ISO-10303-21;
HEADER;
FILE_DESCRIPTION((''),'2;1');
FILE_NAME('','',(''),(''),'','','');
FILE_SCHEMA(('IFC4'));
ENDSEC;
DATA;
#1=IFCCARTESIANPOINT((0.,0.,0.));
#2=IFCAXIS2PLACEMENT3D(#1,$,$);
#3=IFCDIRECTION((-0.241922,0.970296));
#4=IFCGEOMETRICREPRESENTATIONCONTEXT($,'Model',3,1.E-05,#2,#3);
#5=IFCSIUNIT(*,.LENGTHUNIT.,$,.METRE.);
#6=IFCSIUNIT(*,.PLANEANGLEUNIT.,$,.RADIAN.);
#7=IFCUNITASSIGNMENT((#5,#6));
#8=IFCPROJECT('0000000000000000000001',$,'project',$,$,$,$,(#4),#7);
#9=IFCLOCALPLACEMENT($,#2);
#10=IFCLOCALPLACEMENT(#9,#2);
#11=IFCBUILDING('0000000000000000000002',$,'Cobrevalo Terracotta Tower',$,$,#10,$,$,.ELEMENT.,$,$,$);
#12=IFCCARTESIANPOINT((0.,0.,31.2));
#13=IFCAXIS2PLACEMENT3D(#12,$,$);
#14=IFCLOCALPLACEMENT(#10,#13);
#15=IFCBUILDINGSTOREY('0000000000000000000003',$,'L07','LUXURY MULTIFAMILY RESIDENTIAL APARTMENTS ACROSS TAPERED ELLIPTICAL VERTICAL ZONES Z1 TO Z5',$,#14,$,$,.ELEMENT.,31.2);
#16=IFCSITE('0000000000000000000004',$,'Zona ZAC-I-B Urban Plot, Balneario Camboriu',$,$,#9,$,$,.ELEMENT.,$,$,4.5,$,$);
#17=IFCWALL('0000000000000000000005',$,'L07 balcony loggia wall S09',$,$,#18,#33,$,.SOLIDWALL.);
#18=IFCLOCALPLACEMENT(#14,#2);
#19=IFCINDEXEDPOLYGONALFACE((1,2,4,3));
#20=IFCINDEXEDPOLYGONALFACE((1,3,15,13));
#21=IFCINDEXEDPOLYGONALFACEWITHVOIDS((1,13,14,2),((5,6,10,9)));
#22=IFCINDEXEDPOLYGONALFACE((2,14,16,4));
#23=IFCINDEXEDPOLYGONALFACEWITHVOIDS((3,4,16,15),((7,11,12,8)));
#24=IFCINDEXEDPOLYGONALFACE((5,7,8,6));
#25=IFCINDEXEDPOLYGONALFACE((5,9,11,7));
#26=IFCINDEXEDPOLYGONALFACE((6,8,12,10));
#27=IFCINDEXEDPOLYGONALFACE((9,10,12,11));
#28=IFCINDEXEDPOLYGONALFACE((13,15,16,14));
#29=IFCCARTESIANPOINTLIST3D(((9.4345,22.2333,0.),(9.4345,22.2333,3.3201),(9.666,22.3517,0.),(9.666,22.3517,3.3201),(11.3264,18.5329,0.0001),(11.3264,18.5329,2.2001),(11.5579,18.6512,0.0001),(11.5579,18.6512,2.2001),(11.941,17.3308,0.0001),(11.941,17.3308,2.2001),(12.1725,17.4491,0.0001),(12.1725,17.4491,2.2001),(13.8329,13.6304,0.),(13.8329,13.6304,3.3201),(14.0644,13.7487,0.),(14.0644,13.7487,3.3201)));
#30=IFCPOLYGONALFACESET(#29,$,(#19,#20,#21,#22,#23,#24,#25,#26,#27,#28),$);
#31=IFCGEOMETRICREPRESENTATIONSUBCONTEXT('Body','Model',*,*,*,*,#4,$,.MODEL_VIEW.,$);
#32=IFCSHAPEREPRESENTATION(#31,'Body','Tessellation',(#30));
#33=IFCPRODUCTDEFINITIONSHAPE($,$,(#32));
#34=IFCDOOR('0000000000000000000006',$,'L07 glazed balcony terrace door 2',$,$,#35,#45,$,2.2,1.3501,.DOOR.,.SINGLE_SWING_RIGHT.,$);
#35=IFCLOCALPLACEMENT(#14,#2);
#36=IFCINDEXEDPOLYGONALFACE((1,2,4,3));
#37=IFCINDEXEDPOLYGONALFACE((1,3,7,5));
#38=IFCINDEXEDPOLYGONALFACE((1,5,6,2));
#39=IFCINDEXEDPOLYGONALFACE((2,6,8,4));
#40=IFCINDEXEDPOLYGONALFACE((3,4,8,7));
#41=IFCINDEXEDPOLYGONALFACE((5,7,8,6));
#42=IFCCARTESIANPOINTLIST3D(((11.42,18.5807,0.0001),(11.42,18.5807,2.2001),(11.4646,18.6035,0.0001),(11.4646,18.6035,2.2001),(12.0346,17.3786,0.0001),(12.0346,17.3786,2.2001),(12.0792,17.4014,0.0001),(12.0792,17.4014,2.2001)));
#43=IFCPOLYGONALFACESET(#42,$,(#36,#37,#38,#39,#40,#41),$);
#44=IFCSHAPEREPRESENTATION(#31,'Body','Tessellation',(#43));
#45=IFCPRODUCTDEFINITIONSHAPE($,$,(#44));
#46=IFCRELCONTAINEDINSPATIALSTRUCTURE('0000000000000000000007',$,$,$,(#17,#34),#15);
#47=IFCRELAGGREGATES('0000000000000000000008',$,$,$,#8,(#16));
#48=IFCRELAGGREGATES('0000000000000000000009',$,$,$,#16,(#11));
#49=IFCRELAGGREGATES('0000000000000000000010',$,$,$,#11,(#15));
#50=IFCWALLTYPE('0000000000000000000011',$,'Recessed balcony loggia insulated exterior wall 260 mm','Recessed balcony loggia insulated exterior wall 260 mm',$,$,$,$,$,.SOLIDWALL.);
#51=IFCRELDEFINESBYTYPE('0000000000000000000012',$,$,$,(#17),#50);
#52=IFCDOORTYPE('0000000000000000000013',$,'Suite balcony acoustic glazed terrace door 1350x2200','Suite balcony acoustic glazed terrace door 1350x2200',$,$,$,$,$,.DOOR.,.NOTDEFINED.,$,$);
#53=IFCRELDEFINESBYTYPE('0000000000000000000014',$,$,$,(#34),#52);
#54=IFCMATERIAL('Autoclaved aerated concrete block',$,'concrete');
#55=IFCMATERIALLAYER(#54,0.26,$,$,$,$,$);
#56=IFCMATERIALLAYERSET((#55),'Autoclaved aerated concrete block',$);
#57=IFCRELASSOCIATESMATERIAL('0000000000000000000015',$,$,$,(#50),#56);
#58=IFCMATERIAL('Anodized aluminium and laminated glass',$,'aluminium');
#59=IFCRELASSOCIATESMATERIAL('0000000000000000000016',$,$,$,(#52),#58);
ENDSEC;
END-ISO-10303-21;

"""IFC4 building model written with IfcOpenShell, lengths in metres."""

from ifc_helpers import new_model, si_unit, direction, frame, frame_2d, origin, place, context, subcontext, project, spatial, rectangle, extrude, source, transform, mapped, material, layer, layer_set, type_object, element, fill, save


model = new_model("IFC4")

# Units and contexts
model_context = context("Model", 3, precision=1e-05, world=origin(), true_north=direction((-0.241922, 0.970296)))
body_context = subcontext(model_context, "Body", "Model", "MODEL_VIEW")
ifc_project = project(units=[si_unit("LENGTHUNIT", "METRE"), si_unit("PLANEANGLEUNIT", "RADIAN")], contexts=[model_context])

# Site, building, storey
site_placement = place(None, origin())
site = spatial("IfcSite", under=ifc_project, at=site_placement, Name="Zona ZAC-I-B Urban Plot, Balneario Camboriu", CompositionType="ELEMENT", RefElevation=4.5)
building_placement = place(site_placement, origin())
building = spatial("IfcBuilding", under=site, at=building_placement, Name="Cobrevalo Terracotta Tower", CompositionType="ELEMENT")
storey_placement = place(building_placement, frame((0.0, 0.0, 31.2)))
storey = spatial("IfcBuildingStorey", under=building, at=storey_placement, Name="L07", Description="LUXURY MULTIFAMILY RESIDENTIAL APARTMENTS ACROSS TAPERED ELLIPTICAL VERTICAL ZONES Z1 TO Z5", CompositionType="ELEMENT", Elevation=31.2)

# Wall, opening, door
ifc_material_1 = material(Name="Autoclaved aerated concrete block", Category="concrete")
ifc_layer_1 = layer(ifc_material_1, 0.26)
ifc_layer_set_1 = layer_set([ifc_layer_1], Name="Autoclaved aerated concrete block")
wall_type = type_object("IfcWallType", Name="Recessed balcony loggia insulated exterior wall 260 mm", Description="Recessed balcony loggia insulated exterior wall 260 mm", PredefinedType="SOLIDWALL", material=ifc_layer_set_1)
wall_placement = place(storey_placement, frame((9.5503, 22.2925, 0.0), z_axis=(0.0, 0.0, 1.0), x_axis=(0.455221, -0.890379, 0.0)))
wall = element("IfcWall", 1, at=wall_placement, inside=storey, type_object=wall_type, Name="L07 balcony loggia wall S09", PredefinedType="SOLIDWALL", context=body_context, shape_type="SweptSolid", body=[
    extrude(rectangle(XDim=9.6621, YDim=0.26, at=frame_2d((4.8311, 0.0))), origin(), (0.0, 0.0, 1.0), 3.3201),
])
opening_placement = place(wall_placement, frame((4.156, 0.0, 0.0)))
opening = element("IfcOpeningElement", 2, at=opening_placement, cuts=wall, PredefinedType="OPENING", context=body_context, shape_type="SweptSolid", body=[
    extrude(rectangle(XDim=1.3501, YDim=2.2, at=frame_2d((0.675, 1.1001))), frame((0.0, 0.1401, 0.0), z_axis=(0.0, -1.0, 0.0), x_axis=(1.0, 0.0, 0.0)), (0.0, 0.0, 1.0), 0.28),
])
ifc_material_2 = material(Name="Anodized aluminium and laminated glass", Category="aluminium")
door_type = type_object("IfcDoorType", Name="Suite balcony acoustic glazed terrace door 1350x2200", Description="Suite balcony acoustic glazed terrace door 1350x2200", OperationType="NOTDEFINED", PredefinedType="DOOR", material=ifc_material_2)
shared_shape_1 = source(origin(), body_context, "Body", "SweptSolid", [
    extrude(rectangle(XDim=1.3501, YDim=2.2, at=frame_2d((0.675, 1.1001))), frame((0.0, 0.0249, 0.0), z_axis=(0.0, -1.0, 0.0), x_axis=(1.0, 0.0, 0.0)), (0.0, 0.0, 1.0), 0.05),
])
door_placement = place(opening_placement, frame((1.3501, 0.0, 0.0), z_axis=(0.0, 0.0, 1.0), x_axis=(-1.0, 0.0, 0.0)))
door = element("IfcDoor", 3, at=door_placement, inside=storey, type_object=door_type, Name="L07 glazed balcony terrace door 2", OperationType="SINGLE_SWING_RIGHT", OverallHeight=2.2, OverallWidth=1.3501, PredefinedType="DOOR", context=body_context, shape_type="MappedRepresentation", body=[
    mapped(shared_shape_1, transform((0.0, 0.0, 0.0), scale=1.0)),
])
fill(opening, door)

save(model, "model.ifc")
